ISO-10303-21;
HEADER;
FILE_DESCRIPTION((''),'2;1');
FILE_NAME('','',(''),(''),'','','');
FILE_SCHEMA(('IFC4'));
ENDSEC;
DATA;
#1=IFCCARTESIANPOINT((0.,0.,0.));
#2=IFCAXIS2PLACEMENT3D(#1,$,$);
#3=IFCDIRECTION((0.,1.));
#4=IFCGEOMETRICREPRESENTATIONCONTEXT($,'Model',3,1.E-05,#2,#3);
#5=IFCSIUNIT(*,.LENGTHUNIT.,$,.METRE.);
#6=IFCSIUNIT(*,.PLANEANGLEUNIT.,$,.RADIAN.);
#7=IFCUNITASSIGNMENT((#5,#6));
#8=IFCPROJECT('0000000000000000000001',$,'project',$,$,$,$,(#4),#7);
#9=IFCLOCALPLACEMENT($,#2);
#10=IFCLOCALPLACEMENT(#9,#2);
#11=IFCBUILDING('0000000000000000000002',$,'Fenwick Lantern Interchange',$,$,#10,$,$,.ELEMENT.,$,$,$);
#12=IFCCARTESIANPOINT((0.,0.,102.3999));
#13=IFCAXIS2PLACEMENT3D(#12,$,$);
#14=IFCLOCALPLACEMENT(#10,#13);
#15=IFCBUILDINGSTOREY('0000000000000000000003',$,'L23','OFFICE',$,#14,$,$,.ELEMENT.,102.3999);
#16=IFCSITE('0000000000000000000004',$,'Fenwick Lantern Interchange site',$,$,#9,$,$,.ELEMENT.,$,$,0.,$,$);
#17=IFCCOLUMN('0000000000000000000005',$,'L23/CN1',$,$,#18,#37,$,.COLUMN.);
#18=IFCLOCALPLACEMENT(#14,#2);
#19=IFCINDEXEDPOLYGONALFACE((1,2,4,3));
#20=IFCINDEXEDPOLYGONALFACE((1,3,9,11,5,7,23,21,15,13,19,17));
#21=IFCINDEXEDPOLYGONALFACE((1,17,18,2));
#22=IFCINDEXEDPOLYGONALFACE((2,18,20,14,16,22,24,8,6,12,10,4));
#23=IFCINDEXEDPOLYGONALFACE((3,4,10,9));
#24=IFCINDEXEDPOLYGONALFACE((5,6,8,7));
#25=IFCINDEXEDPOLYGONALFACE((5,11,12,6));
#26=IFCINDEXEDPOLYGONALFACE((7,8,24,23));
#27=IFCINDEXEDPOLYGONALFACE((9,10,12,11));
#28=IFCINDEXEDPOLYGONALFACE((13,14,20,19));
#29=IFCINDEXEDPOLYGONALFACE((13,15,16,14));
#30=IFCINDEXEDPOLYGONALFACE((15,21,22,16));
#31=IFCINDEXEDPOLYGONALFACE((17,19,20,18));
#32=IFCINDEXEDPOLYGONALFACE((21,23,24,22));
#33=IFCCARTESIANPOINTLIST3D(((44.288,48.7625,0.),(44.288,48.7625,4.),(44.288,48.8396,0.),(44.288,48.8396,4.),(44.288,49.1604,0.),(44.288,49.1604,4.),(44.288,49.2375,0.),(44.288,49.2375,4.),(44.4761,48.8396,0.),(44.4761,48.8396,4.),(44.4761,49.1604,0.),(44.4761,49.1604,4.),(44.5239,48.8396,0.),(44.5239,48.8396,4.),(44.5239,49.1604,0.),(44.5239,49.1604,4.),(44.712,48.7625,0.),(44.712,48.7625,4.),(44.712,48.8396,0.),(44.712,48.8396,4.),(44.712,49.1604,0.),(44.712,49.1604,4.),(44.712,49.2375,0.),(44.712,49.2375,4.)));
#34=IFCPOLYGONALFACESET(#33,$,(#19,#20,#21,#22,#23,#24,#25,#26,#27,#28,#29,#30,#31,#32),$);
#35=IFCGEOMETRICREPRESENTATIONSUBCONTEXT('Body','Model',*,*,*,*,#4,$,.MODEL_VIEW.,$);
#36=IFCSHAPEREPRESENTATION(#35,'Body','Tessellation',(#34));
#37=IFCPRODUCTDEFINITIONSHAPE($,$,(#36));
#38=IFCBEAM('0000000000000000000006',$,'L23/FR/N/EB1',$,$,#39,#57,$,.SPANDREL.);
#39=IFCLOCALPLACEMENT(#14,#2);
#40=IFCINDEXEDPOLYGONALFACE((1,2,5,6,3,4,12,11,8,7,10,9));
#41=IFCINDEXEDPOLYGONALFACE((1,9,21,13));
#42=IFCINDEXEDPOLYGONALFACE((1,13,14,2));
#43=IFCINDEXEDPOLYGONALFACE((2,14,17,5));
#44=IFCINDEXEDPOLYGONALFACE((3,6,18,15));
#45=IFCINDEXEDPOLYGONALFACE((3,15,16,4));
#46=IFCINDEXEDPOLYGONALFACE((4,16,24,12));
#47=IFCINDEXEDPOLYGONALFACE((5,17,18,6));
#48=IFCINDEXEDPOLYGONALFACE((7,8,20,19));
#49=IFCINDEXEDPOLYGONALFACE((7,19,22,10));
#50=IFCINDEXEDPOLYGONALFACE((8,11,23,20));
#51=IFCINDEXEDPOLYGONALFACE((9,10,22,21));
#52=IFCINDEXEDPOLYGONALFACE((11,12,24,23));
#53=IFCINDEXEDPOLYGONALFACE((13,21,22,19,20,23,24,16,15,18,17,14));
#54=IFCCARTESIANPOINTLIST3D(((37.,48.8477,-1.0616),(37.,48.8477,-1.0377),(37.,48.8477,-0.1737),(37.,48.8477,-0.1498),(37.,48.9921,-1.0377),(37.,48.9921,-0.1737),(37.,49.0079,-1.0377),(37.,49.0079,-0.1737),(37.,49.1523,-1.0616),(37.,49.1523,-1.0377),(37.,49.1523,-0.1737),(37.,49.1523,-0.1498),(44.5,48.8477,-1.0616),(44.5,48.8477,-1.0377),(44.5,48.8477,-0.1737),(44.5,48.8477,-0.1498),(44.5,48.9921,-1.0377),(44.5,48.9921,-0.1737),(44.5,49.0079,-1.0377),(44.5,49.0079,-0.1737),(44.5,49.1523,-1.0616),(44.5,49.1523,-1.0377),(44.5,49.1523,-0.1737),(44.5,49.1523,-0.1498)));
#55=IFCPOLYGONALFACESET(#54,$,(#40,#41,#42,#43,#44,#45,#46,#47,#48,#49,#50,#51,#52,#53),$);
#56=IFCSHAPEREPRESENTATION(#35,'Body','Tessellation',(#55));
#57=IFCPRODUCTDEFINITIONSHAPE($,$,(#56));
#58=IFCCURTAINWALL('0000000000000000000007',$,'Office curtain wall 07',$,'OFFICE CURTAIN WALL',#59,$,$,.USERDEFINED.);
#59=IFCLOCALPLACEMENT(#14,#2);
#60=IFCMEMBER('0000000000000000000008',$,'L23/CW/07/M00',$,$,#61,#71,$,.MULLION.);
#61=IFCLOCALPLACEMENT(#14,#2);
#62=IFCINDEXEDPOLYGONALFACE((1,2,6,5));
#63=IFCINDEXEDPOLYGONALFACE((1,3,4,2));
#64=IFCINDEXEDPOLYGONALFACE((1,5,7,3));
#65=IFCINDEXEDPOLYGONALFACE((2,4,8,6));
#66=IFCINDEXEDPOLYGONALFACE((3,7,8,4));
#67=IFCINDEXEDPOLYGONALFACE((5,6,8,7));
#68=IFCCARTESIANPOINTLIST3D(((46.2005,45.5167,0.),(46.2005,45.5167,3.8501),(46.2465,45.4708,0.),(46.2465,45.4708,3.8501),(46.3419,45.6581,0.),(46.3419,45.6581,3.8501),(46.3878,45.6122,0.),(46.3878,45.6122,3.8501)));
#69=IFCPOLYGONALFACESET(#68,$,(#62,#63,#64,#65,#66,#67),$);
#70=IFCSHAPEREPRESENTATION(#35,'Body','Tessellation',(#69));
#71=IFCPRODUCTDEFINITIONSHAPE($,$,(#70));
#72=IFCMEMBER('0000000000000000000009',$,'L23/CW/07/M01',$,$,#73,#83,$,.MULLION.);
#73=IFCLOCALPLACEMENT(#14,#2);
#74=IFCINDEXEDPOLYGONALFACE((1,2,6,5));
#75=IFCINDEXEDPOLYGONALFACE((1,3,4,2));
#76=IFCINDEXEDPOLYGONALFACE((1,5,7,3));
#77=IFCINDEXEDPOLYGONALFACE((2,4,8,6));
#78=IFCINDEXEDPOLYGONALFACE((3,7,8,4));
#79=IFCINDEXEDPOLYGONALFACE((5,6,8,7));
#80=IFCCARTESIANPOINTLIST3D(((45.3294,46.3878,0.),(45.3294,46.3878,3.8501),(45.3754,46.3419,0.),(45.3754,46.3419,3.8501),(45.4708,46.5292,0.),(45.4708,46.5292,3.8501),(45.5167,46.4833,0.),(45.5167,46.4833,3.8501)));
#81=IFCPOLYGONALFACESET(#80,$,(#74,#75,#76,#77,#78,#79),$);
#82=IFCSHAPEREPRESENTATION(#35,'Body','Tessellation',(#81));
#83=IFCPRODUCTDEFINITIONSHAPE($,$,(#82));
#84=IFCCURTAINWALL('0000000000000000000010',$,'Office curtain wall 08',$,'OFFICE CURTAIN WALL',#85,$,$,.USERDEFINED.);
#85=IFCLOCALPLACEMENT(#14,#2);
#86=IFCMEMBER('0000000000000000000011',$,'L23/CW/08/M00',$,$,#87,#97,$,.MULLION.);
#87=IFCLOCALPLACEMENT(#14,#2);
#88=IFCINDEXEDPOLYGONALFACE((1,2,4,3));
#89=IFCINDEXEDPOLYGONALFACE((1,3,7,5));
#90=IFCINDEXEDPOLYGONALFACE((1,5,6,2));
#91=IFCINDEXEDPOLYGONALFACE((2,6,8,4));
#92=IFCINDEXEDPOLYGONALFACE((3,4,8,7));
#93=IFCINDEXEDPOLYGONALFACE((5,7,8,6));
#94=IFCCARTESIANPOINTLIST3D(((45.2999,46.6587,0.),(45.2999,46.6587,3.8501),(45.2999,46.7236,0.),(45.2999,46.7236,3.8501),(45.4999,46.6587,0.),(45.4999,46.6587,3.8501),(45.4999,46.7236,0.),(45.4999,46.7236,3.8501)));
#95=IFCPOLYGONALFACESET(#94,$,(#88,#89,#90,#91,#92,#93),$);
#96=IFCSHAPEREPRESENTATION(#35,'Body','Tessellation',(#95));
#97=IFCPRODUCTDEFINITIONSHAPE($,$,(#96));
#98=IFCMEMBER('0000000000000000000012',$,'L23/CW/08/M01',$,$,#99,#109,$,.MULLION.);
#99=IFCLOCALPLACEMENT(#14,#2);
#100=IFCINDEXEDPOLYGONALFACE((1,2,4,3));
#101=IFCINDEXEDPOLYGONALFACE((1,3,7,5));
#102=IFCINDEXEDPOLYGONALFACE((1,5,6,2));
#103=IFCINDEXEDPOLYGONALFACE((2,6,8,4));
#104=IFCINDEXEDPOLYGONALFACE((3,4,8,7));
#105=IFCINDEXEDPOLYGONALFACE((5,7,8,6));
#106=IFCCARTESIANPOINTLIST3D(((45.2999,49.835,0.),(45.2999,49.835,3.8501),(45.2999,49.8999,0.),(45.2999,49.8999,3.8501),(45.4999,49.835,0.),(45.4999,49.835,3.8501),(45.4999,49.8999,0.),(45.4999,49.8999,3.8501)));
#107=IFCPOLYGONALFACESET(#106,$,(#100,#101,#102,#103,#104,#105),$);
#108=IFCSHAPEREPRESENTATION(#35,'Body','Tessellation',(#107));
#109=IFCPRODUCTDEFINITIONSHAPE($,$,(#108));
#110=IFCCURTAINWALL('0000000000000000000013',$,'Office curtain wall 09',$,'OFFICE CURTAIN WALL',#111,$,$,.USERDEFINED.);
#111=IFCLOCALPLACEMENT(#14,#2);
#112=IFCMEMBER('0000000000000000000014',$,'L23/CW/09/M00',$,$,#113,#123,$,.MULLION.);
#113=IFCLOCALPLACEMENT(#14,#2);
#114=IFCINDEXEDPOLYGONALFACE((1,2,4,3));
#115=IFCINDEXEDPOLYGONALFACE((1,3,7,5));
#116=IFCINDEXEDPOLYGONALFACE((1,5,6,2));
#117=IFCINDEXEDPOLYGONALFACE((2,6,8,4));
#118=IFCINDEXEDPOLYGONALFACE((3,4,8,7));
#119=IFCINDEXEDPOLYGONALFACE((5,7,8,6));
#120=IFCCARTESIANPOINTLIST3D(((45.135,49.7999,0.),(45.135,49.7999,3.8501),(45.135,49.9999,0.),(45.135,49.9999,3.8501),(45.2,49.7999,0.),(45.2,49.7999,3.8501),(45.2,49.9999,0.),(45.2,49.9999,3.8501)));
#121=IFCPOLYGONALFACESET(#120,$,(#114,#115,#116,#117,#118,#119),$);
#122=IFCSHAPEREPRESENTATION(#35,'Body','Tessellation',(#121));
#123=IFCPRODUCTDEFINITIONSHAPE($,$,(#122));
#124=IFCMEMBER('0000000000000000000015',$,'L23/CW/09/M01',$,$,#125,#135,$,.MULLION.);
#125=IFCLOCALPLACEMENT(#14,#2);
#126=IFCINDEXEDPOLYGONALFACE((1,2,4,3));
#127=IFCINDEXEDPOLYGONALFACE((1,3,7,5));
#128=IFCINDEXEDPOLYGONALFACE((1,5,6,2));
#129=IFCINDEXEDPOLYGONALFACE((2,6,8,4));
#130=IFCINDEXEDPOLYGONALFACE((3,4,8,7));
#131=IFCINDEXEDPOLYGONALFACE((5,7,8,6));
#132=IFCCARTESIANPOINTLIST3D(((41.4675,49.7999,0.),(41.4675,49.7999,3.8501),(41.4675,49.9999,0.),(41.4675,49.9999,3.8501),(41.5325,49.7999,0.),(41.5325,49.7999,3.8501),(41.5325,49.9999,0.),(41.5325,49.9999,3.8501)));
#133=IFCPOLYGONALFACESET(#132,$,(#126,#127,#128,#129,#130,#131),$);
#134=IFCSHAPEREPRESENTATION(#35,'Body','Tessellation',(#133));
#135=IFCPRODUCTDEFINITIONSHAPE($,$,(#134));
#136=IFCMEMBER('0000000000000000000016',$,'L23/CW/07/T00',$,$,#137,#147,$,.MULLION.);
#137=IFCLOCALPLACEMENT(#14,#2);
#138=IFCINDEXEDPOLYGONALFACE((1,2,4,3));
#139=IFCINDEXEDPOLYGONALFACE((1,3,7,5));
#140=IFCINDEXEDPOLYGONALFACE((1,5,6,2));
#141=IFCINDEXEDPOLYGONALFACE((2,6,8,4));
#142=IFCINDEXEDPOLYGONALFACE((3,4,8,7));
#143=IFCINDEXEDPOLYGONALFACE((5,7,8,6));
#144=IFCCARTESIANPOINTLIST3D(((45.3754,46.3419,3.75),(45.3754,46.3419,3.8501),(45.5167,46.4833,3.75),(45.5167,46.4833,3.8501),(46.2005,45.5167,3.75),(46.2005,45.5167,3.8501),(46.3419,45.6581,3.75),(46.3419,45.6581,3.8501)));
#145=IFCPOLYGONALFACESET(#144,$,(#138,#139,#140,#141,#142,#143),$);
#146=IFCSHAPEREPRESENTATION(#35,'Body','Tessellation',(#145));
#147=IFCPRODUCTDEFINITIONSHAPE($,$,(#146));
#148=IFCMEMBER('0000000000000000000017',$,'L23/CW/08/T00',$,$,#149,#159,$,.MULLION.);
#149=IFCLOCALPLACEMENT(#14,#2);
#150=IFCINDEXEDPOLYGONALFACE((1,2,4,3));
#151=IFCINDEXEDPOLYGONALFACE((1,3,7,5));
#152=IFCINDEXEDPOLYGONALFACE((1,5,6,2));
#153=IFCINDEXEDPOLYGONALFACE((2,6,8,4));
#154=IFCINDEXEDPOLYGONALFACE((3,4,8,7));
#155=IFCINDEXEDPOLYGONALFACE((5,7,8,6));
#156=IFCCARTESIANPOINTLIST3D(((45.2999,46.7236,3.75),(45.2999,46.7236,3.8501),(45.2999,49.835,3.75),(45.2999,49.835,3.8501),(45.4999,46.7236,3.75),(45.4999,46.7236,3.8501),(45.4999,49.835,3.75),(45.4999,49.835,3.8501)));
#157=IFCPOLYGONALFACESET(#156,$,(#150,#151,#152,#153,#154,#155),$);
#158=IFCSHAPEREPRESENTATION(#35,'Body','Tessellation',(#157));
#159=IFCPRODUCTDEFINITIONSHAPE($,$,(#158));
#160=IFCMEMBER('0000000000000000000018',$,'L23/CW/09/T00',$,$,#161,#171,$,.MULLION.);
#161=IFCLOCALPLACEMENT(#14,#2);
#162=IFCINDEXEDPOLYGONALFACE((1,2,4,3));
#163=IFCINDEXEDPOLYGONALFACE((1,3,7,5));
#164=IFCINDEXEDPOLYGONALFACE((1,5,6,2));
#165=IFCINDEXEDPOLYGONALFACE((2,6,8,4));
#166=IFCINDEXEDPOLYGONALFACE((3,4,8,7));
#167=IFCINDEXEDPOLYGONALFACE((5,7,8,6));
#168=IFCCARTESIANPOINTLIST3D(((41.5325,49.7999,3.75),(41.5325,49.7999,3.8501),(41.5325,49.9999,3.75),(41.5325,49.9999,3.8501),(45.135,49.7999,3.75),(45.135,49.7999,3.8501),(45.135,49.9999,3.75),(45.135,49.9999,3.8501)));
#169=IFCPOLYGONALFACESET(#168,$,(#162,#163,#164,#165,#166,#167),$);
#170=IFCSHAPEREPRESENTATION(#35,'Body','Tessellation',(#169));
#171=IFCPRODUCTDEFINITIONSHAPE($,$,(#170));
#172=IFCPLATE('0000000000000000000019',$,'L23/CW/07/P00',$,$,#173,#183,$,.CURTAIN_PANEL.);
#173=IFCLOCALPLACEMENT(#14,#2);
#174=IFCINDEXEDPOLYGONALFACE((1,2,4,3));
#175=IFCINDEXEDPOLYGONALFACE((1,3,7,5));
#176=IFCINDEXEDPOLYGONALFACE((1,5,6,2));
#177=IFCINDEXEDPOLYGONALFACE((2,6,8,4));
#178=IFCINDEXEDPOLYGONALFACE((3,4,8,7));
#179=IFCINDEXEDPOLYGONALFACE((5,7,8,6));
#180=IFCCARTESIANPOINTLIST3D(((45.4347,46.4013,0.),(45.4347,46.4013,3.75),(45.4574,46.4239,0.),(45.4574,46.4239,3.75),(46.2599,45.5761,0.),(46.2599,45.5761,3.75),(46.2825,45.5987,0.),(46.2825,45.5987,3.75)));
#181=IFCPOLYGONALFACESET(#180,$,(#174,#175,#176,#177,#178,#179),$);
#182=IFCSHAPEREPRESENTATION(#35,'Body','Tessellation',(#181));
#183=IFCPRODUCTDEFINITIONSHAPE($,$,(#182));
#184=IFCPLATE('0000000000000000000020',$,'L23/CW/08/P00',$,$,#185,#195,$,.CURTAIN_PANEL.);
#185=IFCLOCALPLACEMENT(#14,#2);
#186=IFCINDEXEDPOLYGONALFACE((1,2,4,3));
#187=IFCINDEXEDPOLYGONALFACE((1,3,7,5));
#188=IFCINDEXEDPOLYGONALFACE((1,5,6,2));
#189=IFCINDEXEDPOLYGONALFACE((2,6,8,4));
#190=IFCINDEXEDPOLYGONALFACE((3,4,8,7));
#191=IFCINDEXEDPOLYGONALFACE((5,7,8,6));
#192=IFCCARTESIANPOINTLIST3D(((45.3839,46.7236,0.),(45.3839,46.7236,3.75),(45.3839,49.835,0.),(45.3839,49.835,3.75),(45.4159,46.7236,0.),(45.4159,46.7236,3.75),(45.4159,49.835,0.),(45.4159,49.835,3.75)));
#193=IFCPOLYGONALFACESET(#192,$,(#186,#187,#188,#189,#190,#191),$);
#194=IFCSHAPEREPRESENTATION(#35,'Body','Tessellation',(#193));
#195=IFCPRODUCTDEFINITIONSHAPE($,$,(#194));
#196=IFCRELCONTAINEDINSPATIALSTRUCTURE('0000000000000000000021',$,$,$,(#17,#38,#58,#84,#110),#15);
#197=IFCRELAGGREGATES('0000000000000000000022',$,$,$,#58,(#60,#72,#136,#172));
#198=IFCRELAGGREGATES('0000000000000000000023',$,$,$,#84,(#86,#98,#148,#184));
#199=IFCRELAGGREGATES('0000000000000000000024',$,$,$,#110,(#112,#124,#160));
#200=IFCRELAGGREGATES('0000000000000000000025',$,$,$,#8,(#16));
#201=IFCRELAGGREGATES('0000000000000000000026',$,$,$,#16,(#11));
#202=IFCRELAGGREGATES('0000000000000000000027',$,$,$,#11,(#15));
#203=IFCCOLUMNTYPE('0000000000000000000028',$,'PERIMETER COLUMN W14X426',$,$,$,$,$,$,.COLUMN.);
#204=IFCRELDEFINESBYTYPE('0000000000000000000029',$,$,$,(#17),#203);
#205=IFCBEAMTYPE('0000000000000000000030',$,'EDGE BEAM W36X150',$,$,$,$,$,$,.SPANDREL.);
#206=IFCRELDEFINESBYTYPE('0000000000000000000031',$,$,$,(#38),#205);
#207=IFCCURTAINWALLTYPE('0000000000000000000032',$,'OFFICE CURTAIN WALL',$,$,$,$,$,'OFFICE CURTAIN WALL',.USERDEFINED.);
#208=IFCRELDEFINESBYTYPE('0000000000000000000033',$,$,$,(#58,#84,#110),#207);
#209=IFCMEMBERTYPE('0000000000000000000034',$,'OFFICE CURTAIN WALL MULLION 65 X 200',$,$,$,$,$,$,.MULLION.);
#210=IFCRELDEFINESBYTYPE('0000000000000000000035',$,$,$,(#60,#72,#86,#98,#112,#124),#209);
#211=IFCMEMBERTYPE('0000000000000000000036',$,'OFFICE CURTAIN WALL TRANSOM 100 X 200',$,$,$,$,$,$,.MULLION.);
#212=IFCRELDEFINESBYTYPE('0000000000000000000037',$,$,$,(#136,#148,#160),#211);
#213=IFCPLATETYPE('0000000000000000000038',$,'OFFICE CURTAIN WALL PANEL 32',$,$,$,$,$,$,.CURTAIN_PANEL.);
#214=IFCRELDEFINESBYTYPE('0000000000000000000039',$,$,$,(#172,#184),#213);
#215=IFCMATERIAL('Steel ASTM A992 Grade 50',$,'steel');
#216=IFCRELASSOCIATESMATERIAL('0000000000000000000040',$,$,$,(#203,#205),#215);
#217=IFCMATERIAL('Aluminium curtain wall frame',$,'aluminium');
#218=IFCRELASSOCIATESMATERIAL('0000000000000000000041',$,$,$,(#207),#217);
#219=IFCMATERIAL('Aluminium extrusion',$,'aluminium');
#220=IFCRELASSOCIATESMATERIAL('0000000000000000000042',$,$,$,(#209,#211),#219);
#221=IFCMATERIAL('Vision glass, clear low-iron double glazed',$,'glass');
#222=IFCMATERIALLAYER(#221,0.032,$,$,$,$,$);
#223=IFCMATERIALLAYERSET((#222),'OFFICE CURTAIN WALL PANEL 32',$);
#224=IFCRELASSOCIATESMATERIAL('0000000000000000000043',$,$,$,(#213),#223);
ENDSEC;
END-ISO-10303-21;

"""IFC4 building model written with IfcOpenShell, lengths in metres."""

from ifc_helpers import new_model, si_unit, direction, frame, origin, origin_2d, place, context, subcontext, project, spatial, rectangle, i_section, extrude, material, layer, layer_set, material_profile, profile_set, type_object, element, aggregate, save


model = new_model("IFC4")

# Units and contexts
model_context = context("Model", 3, precision=1e-05, world=origin(), true_north=direction((0.0, 1.0)))
body_context = subcontext(model_context, "Body", "Model", "MODEL_VIEW")
ifc_project = project(units=[si_unit("LENGTHUNIT", "METRE"), si_unit("PLANEANGLEUNIT", "RADIAN")], contexts=[model_context])

# Site, building, storey
site_placement = place(None, origin())
site = spatial("IfcSite", under=ifc_project, at=site_placement, Name="Fenwick Lantern Interchange site", CompositionType="ELEMENT", RefElevation=0.0)
building_placement = place(site_placement, origin())
building = spatial("IfcBuilding", under=site, at=building_placement, Name="Fenwick Lantern Interchange", CompositionType="ELEMENT")
storey_placement = place(building_placement, frame((0.0, 0.0, 102.3999)))
storey = spatial("IfcBuildingStorey", under=building, at=storey_placement, Name="L23", Description="OFFICE", CompositionType="ELEMENT", Elevation=102.3999)

# Column
ifc_material_1 = material(Name="Steel ASTM A992 Grade 50", Category="steel")
ifc_material_profile_1 = material_profile(ifc_material_1, i_section(OverallWidth=0.4241, OverallDepth=0.4751, WebThickness=0.0479, FlangeThickness=0.0771, at=origin_2d()), Name="W14X426")
ifc_profile_set_1 = profile_set([ifc_material_profile_1], Name="Steel ASTM A992 Grade 50")
column_type = type_object("IfcColumnType", Name="PERIMETER COLUMN W14X426", PredefinedType="COLUMN", material=ifc_profile_set_1)
column_placement = place(storey_placement, frame((44.5, 49.0, 0.0), z_axis=(0.0, 0.0, 1.0), x_axis=(1.0, 0.0, 0.0)))
element("IfcColumn", 1, at=column_placement, inside=storey, type_object=column_type, Name="L23/CN1", PredefinedType="COLUMN", context=body_context, shape_type="SweptSolid", body=[
    extrude(i_section(OverallWidth=0.4241, OverallDepth=0.4751, WebThickness=0.0479, FlangeThickness=0.0771, at=origin_2d()), origin(), (0.0, 0.0, 1.0), 4.0),
])

# Beam
ifc_material_profile_2 = material_profile(ifc_material_1, i_section(OverallWidth=0.3047, OverallDepth=0.9119, WebThickness=0.0159, FlangeThickness=0.0239, at=origin_2d()), Name="W36X150")
ifc_profile_set_2 = profile_set([ifc_material_profile_2], Name="Steel ASTM A992 Grade 50")
beam_type = type_object("IfcBeamType", Name="EDGE BEAM W36X150", PredefinedType="SPANDREL", material=ifc_profile_set_2)
beam_placement = place(storey_placement, frame((44.5, 49.0, -0.6057), z_axis=(-1.0, 0.0, 0.0), x_axis=(0.0, -1.0, 0.0)))
element("IfcBeam", 2, at=beam_placement, inside=storey, type_object=beam_type, Name="L23/FR/N/EB1", PredefinedType="SPANDREL", context=body_context, shape_type="SweptSolid", body=[
    extrude(i_section(OverallWidth=0.3047, OverallDepth=0.9119, WebThickness=0.0159, FlangeThickness=0.0239, at=origin_2d()), origin(), (0.0, 0.0, 1.0), 7.5),
])

# Curtain walls, members
ifc_material_2 = material(Name="Aluminium curtain wall frame", Category="aluminium")
curtain_wall_type = type_object("IfcCurtainWallType", Name="OFFICE CURTAIN WALL", ElementType="OFFICE CURTAIN WALL", PredefinedType="USERDEFINED", material=ifc_material_2)
curtain_wall_1_placement = place(storey_placement, origin())
curtain_wall_1 = element("IfcCurtainWall", 3, at=curtain_wall_1_placement, inside=storey, type_object=curtain_wall_type, Name="Office curtain wall 07", ObjectType="OFFICE CURTAIN WALL", PredefinedType="USERDEFINED")
ifc_material_3 = material(Name="Aluminium extrusion", Category="aluminium")
ifc_material_profile_3 = material_profile(ifc_material_3, rectangle(XDim=0.2, YDim=0.0649, at=origin_2d()), Name="OFFICE CURTAIN WALL MULLION 65 X 200")
ifc_profile_set_3 = profile_set([ifc_material_profile_3], Name="Aluminium extrusion")
member_type_1 = type_object("IfcMemberType", Name="OFFICE CURTAIN WALL MULLION 65 X 200", PredefinedType="MULLION", material=ifc_profile_set_3)
member_1_placement = place(storey_placement, frame((46.2942, 45.5645, 0.0), z_axis=(0.0, 0.0, 1.0), x_axis=(-0.707107, -0.707107, 0.0)))
member_1 = element("IfcMember", 4, at=member_1_placement, type_object=member_type_1, Name="L23/CW/07/M00", PredefinedType="MULLION", context=body_context, shape_type="SweptSolid", body=[
    extrude(rectangle(XDim=0.2, YDim=0.0649, at=origin_2d()), origin(), (0.0, 0.0, 1.0), 3.8501),
])
member_2_placement = place(storey_placement, frame((45.4231, 46.4355, 0.0), z_axis=(0.0, 0.0, 1.0), x_axis=(-0.707107, -0.707107, 0.0)))
member_2 = element("IfcMember", 5, at=member_2_placement, type_object=member_type_1, Name="L23/CW/07/M01", PredefinedType="MULLION", context=body_context, shape_type="SweptSolid", body=[
    extrude(rectangle(XDim=0.2, YDim=0.0649, at=origin_2d()), origin(), (0.0, 0.0, 1.0), 3.8501),
])
curtain_wall_2_placement = place(storey_placement, origin())
curtain_wall_2 = element("IfcCurtainWall", 6, at=curtain_wall_2_placement, inside=storey, type_object=curtain_wall_type, Name="Office curtain wall 08", ObjectType="OFFICE CURTAIN WALL", PredefinedType="USERDEFINED")
member_3_placement = place(storey_placement, frame((45.3999, 46.6912, 0.0), z_axis=(0.0, 0.0, 1.0), x_axis=(-1.0, 0.0, 0.0)))
member_3 = element("IfcMember", 7, at=member_3_placement, type_object=member_type_1, Name="L23/CW/08/M00", PredefinedType="MULLION", context=body_context, shape_type="SweptSolid", body=[
    extrude(rectangle(XDim=0.2, YDim=0.0649, at=origin_2d()), origin(), (0.0, 0.0, 1.0), 3.8501),
])
member_4_placement = place(storey_placement, frame((45.3999, 49.8674, 0.0), z_axis=(0.0, 0.0, 1.0), x_axis=(-1.0, 0.0, 0.0)))
member_4 = element("IfcMember", 8, at=member_4_placement, type_object=member_type_1, Name="L23/CW/08/M01", PredefinedType="MULLION", context=body_context, shape_type="SweptSolid", body=[
    extrude(rectangle(XDim=0.2, YDim=0.0649, at=origin_2d()), origin(), (0.0, 0.0, 1.0), 3.8501),
])
curtain_wall_3_placement = place(storey_placement, origin())
curtain_wall_3 = element("IfcCurtainWall", 9, at=curtain_wall_3_placement, inside=storey, type_object=curtain_wall_type, Name="Office curtain wall 09", ObjectType="OFFICE CURTAIN WALL", PredefinedType="USERDEFINED")
member_5_placement = place(storey_placement, frame((45.1675, 49.8999, 0.0), z_axis=(0.0, 0.0, 1.0), x_axis=(0.0, -1.0, 0.0)))
member_5 = element("IfcMember", 10, at=member_5_placement, type_object=member_type_1, Name="L23/CW/09/M00", PredefinedType="MULLION", context=body_context, shape_type="SweptSolid", body=[
    extrude(rectangle(XDim=0.2, YDim=0.0649, at=origin_2d()), origin(), (0.0, 0.0, 1.0), 3.8501),
])
member_6_placement = place(storey_placement, frame((41.5, 49.8999, 0.0), z_axis=(0.0, 0.0, 1.0), x_axis=(0.0, -1.0, 0.0)))
member_6 = element("IfcMember", 11, at=member_6_placement, type_object=member_type_1, Name="L23/CW/09/M01", PredefinedType="MULLION", context=body_context, shape_type="SweptSolid", body=[
    extrude(rectangle(XDim=0.2, YDim=0.0649, at=origin_2d()), origin(), (0.0, 0.0, 1.0), 3.8501),
])

# Members
ifc_material_profile_4 = material_profile(ifc_material_3, rectangle(XDim=0.2, YDim=0.1001, at=origin_2d()), Name="OFFICE CURTAIN WALL TRANSOM 100 X 200")
ifc_profile_set_4 = profile_set([ifc_material_profile_4], Name="Aluminium extrusion")
member_type_2 = type_object("IfcMemberType", Name="OFFICE CURTAIN WALL TRANSOM 100 X 200", PredefinedType="MULLION", material=ifc_profile_set_4)
member_7_placement = place(storey_placement, frame((46.2712, 45.5874, 3.8), z_axis=(-0.707107, 0.707107, 0.0), x_axis=(-0.707107, -0.707107, 0.0)))
member_7 = element("IfcMember", 12, at=member_7_placement, type_object=member_type_2, Name="L23/CW/07/T00", PredefinedType="MULLION", context=body_context, shape_type="SweptSolid", body=[
    extrude(rectangle(XDim=0.2, YDim=0.1001, at=origin_2d()), origin(), (0.0, 0.0, 1.0), 1.167),
])
member_8_placement = place(storey_placement, frame((45.3999, 46.7236, 3.8), z_axis=(0.0, 1.0, 0.0), x_axis=(-1.0, 0.0, 0.0)))
member_8 = element("IfcMember", 13, at=member_8_placement, type_object=member_type_2, Name="L23/CW/08/T00", PredefinedType="MULLION", context=body_context, shape_type="SweptSolid", body=[
    extrude(rectangle(XDim=0.2, YDim=0.1001, at=origin_2d()), origin(), (0.0, 0.0, 1.0), 3.1113),
])
member_9_placement = place(storey_placement, frame((45.135, 49.8999, 3.8), z_axis=(-1.0, 0.0, 0.0), x_axis=(0.0, -1.0, 0.0)))
member_9 = element("IfcMember", 14, at=member_9_placement, type_object=member_type_2, Name="L23/CW/09/T00", PredefinedType="MULLION", context=body_context, shape_type="SweptSolid", body=[
    extrude(rectangle(XDim=0.2, YDim=0.1001, at=origin_2d()), origin(), (0.0, 0.0, 1.0), 3.6025),
])

# Plates
ifc_material_4 = material(Name="Vision glass, clear low-iron double glazed", Category="glass")
ifc_layer_1 = layer(ifc_material_4, 0.032)
ifc_layer_set_1 = layer_set([ifc_layer_1], Name="OFFICE CURTAIN WALL PANEL 32")
plate_type = type_object("IfcPlateType", Name="OFFICE CURTAIN WALL PANEL 32", PredefinedType="CURTAIN_PANEL", material=ifc_layer_set_1)
plate_1_placement = place(storey_placement, frame((45.8586, 46.0, 0.0), z_axis=(0.0, 0.0, 1.0), x_axis=(-0.707107, 0.707107, 0.0)))
plate_1 = element("IfcPlate", 15, at=plate_1_placement, type_object=plate_type, Name="L23/CW/07/P00", PredefinedType="CURTAIN_PANEL", context=body_context, shape_type="SweptSolid", body=[
    extrude(rectangle(XDim=1.167, YDim=0.032, at=origin_2d()), origin(), (0.0, 0.0, 1.0), 3.75),
])
aggregate(curtain_wall_1, [member_1, member_2, member_7, plate_1])
plate_2_placement = place(storey_placement, frame((45.3999, 48.2793, 0.0), z_axis=(0.0, 0.0, 1.0), x_axis=(0.0, 1.0, 0.0)))
plate_2 = element("IfcPlate", 16, at=plate_2_placement, type_object=plate_type, Name="L23/CW/08/P00", PredefinedType="CURTAIN_PANEL", context=body_context, shape_type="SweptSolid", body=[
    extrude(rectangle(XDim=3.1113, YDim=0.032, at=origin_2d()), origin(), (0.0, 0.0, 1.0), 3.75),
])
aggregate(curtain_wall_2, [member_3, member_4, member_8, plate_2])
aggregate(curtain_wall_3, [member_5, member_6, member_9])

save(model, "model.ifc")
